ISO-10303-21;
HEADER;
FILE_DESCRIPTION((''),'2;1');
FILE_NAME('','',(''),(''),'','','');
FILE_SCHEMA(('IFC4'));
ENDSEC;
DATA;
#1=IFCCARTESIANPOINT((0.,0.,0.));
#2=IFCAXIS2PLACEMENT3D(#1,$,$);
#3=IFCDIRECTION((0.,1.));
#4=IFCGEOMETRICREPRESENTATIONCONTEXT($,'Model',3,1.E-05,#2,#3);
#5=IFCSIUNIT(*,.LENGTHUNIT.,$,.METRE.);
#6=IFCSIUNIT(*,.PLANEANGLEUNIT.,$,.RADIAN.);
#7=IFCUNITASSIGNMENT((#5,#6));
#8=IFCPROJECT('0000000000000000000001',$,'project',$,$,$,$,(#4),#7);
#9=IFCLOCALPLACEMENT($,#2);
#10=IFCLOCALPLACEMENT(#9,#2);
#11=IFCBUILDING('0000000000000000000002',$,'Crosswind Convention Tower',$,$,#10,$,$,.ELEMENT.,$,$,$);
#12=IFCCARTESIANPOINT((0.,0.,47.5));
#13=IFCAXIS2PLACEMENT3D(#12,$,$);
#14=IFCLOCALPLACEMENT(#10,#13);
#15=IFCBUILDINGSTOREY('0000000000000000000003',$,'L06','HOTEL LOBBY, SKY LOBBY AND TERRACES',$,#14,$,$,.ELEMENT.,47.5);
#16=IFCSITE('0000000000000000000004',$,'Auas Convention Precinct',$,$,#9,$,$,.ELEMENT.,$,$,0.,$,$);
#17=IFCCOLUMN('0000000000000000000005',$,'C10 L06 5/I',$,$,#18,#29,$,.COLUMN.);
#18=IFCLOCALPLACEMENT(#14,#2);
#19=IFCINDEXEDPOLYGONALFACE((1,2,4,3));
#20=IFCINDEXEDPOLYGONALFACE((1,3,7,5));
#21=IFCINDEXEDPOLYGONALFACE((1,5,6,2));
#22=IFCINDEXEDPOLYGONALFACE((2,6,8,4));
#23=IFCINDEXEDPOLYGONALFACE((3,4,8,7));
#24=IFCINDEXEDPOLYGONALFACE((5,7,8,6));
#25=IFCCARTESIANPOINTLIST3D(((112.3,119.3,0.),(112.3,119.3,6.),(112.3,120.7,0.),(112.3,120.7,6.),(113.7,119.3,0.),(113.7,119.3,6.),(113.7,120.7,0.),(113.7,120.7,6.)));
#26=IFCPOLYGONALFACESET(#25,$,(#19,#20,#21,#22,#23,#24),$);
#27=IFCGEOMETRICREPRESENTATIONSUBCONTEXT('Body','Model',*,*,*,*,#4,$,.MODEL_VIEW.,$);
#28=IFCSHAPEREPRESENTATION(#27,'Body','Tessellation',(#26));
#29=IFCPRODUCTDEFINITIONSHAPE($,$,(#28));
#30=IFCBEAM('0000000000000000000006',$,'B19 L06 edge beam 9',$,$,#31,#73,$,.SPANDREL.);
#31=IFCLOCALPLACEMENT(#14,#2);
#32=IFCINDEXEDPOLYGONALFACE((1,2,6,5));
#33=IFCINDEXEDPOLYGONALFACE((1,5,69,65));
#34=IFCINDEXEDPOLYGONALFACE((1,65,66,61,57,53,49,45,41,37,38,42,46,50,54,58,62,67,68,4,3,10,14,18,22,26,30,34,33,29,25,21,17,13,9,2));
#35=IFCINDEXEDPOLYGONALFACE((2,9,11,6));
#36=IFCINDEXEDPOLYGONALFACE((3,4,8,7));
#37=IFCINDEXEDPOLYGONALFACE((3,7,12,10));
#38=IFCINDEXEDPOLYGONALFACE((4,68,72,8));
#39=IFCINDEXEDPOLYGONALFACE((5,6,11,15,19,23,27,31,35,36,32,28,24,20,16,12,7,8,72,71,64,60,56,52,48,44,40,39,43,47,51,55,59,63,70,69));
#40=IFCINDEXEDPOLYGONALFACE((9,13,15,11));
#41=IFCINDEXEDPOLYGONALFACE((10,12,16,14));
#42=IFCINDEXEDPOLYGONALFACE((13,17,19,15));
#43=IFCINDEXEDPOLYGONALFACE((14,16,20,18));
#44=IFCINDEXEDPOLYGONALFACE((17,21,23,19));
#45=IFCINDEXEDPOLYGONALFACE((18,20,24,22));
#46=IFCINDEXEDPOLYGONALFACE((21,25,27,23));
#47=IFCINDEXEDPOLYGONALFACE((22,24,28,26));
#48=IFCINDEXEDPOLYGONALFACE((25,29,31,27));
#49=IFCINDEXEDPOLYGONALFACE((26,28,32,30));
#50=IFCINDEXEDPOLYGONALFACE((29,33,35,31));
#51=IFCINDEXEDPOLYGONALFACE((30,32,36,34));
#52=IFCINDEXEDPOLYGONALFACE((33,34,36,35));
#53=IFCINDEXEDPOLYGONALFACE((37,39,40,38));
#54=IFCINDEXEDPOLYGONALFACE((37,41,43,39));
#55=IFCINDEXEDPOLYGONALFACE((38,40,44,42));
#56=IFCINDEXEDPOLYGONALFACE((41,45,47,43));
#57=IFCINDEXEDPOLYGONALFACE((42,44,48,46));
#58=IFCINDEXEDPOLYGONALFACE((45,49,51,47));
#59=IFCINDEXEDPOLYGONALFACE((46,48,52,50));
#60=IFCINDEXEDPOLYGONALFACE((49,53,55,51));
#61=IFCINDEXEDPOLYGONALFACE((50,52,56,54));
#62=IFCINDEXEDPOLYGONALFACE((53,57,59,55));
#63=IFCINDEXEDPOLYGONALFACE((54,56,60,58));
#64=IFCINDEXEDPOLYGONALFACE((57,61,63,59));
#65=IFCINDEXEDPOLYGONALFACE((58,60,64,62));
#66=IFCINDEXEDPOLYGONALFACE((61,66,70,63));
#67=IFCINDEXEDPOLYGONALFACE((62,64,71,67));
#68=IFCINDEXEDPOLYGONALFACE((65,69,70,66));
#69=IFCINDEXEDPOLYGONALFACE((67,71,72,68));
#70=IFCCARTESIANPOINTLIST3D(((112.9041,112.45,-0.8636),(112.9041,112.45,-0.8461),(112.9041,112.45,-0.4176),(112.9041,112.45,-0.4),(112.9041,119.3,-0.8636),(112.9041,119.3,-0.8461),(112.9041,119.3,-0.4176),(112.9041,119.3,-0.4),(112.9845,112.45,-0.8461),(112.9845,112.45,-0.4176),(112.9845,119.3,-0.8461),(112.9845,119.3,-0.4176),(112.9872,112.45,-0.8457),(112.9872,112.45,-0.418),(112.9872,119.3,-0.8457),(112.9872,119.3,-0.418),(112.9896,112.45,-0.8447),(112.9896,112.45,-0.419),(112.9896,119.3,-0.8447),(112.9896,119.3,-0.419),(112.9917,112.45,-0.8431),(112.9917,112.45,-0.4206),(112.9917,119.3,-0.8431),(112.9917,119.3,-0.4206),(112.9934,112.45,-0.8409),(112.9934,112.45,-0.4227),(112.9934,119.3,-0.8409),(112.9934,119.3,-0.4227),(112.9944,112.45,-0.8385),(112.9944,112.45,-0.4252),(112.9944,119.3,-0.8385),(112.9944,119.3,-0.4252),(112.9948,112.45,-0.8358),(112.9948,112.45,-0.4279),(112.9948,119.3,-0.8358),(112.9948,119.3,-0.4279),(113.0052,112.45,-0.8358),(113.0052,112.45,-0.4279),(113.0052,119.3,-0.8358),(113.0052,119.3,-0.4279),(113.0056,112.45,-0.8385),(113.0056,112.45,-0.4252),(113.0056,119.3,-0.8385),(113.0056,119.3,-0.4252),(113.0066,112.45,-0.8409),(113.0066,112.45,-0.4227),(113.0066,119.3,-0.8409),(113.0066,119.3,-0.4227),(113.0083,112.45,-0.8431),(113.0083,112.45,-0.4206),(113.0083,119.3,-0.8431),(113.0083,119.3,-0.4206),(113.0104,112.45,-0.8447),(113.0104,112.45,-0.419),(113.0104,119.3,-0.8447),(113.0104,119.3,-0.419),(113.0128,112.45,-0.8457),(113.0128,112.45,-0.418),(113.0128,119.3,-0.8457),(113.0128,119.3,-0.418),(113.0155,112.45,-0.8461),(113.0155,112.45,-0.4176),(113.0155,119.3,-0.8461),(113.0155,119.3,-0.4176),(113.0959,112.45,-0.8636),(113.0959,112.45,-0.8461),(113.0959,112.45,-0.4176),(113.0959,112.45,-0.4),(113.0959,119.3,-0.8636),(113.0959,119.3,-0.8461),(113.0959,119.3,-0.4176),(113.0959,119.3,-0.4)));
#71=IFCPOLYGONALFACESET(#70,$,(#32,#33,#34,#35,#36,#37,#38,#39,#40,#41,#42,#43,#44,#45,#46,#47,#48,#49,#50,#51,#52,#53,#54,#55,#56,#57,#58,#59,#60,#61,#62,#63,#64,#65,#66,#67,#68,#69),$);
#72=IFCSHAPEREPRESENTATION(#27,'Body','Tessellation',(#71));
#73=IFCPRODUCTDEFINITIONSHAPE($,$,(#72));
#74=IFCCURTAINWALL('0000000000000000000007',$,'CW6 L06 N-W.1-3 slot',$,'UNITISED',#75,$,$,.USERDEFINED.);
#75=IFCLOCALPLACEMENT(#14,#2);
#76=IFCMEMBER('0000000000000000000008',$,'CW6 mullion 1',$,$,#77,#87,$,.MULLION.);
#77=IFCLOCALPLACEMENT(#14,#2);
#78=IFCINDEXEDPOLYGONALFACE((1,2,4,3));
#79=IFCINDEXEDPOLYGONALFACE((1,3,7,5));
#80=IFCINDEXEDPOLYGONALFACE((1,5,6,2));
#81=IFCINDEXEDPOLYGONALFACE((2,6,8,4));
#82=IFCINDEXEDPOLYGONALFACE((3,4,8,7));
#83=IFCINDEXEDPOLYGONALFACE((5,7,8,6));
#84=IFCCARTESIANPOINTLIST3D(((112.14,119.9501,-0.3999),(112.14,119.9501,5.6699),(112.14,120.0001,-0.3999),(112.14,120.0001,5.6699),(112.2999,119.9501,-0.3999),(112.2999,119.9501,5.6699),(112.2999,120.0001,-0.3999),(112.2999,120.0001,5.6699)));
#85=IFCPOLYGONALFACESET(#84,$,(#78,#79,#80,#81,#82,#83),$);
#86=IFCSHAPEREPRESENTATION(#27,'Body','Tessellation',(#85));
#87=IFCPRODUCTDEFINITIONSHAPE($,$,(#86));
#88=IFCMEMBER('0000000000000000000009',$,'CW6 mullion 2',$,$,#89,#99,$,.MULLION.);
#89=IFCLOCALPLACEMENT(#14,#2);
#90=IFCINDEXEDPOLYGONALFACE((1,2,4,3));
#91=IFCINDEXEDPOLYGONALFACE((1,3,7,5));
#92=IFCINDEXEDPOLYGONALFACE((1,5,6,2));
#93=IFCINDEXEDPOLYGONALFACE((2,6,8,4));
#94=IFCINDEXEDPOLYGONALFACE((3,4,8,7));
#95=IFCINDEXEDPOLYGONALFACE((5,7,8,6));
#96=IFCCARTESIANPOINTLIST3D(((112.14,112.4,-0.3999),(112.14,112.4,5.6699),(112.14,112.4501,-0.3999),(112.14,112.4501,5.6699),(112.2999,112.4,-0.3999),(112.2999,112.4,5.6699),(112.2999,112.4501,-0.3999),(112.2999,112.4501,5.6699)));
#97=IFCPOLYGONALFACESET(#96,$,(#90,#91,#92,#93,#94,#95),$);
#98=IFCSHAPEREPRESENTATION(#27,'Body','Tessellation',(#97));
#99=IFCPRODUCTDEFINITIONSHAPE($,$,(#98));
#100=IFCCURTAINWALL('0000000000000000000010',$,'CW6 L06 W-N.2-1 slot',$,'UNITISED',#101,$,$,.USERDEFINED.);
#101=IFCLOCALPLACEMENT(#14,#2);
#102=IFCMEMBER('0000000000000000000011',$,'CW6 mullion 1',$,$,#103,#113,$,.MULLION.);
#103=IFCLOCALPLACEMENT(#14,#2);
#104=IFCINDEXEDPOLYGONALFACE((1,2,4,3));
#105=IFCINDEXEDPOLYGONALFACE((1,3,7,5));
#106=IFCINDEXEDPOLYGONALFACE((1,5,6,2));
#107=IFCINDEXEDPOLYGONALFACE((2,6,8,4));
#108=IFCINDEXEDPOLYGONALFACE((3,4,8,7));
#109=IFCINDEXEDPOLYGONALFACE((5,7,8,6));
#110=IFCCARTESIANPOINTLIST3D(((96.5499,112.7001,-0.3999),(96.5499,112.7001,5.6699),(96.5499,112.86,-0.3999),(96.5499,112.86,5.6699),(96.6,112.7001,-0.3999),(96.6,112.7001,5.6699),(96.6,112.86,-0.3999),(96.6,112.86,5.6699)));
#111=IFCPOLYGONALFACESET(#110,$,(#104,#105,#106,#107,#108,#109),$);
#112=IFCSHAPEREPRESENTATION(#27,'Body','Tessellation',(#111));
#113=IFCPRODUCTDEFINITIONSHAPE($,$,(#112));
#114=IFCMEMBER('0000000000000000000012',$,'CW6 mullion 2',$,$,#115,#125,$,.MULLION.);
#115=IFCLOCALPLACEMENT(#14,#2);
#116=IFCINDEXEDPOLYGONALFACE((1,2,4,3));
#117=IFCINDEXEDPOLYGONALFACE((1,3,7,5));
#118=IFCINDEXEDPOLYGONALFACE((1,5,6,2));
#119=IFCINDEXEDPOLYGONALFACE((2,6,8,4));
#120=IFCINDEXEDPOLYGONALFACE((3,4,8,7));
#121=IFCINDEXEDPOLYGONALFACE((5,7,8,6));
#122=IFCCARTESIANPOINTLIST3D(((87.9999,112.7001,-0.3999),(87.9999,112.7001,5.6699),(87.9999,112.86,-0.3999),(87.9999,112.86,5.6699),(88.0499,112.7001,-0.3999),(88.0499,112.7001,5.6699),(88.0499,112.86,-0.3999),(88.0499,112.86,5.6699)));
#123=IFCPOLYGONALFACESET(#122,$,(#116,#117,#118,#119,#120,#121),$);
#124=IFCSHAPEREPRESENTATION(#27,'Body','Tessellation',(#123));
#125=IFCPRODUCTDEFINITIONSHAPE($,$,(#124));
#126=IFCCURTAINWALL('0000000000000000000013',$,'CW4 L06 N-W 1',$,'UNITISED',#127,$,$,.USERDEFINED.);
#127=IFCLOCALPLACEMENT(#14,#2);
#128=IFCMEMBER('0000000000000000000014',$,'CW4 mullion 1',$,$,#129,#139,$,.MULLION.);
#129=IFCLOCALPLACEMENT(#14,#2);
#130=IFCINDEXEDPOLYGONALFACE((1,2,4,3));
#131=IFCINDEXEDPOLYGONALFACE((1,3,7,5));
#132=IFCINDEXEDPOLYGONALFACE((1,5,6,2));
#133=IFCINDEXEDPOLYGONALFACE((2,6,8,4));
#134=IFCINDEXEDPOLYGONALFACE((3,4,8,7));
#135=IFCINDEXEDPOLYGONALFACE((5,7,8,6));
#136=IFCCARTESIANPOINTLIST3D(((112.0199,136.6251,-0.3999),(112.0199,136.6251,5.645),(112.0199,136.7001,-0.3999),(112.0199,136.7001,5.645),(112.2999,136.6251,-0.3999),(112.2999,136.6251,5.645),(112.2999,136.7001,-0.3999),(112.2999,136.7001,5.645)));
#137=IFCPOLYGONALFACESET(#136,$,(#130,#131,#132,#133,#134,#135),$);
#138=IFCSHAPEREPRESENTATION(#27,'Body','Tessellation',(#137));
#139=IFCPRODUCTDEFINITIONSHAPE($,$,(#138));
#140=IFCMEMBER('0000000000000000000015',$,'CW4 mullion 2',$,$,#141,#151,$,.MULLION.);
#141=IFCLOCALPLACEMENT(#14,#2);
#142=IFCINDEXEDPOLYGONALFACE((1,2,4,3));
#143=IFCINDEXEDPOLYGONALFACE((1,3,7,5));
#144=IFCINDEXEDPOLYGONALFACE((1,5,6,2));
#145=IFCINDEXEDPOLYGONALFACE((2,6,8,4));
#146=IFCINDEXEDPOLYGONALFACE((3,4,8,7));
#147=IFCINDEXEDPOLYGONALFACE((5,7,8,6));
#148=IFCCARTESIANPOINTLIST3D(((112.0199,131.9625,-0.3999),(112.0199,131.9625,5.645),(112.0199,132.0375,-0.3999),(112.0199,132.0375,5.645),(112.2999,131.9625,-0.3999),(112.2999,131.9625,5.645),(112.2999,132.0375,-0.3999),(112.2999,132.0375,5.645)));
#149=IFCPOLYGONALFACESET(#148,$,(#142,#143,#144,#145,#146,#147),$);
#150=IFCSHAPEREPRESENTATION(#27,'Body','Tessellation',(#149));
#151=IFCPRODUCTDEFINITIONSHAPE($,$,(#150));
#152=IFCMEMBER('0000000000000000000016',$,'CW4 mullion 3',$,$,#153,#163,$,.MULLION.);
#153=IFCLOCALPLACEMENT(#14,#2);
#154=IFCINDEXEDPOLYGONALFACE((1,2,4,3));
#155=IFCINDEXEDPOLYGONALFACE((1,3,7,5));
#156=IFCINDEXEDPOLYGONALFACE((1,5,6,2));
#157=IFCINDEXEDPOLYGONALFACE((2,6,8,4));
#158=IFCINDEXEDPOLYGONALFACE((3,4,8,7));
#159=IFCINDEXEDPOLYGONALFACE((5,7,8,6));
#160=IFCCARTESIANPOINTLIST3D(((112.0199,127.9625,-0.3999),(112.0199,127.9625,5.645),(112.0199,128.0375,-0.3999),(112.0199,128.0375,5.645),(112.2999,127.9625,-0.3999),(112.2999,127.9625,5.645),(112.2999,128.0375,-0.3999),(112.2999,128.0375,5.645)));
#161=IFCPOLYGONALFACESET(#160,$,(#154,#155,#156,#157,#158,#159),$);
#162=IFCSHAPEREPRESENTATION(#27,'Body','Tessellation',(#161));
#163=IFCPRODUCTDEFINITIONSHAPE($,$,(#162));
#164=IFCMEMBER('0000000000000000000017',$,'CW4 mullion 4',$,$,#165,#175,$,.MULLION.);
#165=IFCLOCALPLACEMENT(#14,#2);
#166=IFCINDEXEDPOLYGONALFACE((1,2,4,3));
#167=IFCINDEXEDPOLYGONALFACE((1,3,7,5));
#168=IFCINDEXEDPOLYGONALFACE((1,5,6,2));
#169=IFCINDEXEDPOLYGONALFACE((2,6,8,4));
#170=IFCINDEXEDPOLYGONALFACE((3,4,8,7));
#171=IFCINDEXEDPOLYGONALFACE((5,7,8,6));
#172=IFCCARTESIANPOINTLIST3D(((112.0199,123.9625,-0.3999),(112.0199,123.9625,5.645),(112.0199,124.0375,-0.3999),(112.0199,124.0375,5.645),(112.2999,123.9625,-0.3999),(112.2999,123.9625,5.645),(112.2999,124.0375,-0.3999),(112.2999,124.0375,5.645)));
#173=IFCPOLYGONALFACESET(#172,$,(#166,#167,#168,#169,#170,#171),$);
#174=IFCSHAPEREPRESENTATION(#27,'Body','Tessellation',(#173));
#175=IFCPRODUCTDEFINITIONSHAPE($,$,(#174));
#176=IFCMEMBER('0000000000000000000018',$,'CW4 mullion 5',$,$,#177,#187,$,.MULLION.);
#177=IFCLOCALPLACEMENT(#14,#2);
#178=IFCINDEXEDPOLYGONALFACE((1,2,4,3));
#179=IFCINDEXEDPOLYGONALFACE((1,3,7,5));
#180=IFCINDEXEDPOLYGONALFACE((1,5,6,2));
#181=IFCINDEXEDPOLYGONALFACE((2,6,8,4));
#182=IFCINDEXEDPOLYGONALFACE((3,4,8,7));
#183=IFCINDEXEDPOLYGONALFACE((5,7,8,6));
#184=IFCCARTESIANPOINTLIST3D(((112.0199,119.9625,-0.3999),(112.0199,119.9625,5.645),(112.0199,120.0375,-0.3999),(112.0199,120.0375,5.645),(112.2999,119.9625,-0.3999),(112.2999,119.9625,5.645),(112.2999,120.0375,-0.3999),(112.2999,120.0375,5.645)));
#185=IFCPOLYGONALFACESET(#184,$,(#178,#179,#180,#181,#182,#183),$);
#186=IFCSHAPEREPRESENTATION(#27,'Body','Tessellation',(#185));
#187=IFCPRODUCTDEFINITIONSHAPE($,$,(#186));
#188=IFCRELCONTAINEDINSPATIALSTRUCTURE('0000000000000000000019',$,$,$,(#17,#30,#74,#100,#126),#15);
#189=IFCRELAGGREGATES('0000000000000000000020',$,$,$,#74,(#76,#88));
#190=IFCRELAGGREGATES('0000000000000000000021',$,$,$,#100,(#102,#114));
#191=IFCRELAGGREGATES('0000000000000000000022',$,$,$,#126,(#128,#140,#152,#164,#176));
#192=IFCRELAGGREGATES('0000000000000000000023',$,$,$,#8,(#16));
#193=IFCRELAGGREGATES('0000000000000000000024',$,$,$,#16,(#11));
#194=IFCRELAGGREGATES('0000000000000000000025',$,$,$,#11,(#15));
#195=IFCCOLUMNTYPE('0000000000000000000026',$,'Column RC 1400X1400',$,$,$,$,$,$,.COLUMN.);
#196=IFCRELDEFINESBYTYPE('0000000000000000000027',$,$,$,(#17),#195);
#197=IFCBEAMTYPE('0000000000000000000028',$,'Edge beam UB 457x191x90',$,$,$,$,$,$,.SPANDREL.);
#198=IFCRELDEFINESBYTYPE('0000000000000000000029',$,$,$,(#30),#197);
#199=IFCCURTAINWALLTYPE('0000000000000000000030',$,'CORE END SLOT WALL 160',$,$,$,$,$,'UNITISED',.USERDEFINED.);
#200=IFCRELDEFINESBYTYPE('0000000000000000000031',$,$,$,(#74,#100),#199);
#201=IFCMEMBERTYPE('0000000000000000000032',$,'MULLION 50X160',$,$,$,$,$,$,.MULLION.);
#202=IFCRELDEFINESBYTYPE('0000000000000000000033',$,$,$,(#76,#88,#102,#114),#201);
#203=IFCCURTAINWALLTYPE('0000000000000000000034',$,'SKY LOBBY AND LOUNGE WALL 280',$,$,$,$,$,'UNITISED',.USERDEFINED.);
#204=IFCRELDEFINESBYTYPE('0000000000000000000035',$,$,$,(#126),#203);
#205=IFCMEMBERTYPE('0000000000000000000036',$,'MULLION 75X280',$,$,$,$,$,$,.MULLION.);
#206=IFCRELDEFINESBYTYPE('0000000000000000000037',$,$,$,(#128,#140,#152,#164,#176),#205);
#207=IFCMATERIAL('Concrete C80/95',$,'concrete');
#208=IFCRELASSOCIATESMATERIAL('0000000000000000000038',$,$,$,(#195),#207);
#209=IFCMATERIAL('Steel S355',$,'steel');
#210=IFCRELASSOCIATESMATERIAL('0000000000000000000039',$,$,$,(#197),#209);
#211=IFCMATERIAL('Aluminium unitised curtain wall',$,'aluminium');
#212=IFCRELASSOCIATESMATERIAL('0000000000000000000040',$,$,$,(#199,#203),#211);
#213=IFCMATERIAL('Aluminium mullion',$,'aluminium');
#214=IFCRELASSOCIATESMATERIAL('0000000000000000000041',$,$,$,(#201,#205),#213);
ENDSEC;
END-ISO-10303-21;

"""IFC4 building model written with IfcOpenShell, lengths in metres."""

from ifc_helpers import new_model, si_unit, direction, frame, origin, origin_2d, place, context, subcontext, project, spatial, rectangle, i_section, extrude, material, material_profile, profile_set, type_object, element, aggregate, save


model = new_model("IFC4")

# Units and contexts
model_context = context("Model", 3, precision=1e-05, world=origin(), true_north=direction((0.0, 1.0)))
body_context = subcontext(model_context, "Body", "Model", "MODEL_VIEW")
ifc_project = project(units=[si_unit("LENGTHUNIT", "METRE"), si_unit("PLANEANGLEUNIT", "RADIAN")], contexts=[model_context])

# Site, building, storey
site_placement = place(None, origin())
site = spatial("IfcSite", under=ifc_project, at=site_placement, Name="Auas Convention Precinct", CompositionType="ELEMENT", RefElevation=0.0)
building_placement = place(site_placement, origin())
building = spatial("IfcBuilding", under=site, at=building_placement, Name="Crosswind Convention Tower", CompositionType="ELEMENT")
storey_placement = place(building_placement, frame((0.0, 0.0, 47.5)))
storey = spatial("IfcBuildingStorey", under=building, at=storey_placement, Name="L06", Description="HOTEL LOBBY, SKY LOBBY AND TERRACES", CompositionType="ELEMENT", Elevation=47.5)

# Column
ifc_material_1 = material(Name="Concrete C80/95", Category="concrete")
ifc_material_profile_1 = material_profile(ifc_material_1, rectangle(XDim=1.3999, YDim=1.3999, at=origin_2d()), Name="RC 1400X1400")
ifc_profile_set_1 = profile_set([ifc_material_profile_1], Name="Concrete C80/95")
column_type = type_object("IfcColumnType", Name="Column RC 1400X1400", PredefinedType="COLUMN", material=ifc_profile_set_1)
column_placement = place(storey_placement, frame((113.0, 120.0, 0.0), z_axis=(0.0, 0.0, 1.0), x_axis=(1.0, 0.0, 0.0)))
element("IfcColumn", 1, at=column_placement, inside=storey, type_object=column_type, Name="C10 L06 5/I", PredefinedType="COLUMN", context=body_context, shape_type="SweptSolid", body=[
    extrude(rectangle(XDim=1.3999, YDim=1.3999, at=origin_2d()), origin(), (0.0, 0.0, 1.0), 6.0),
])

# Beam
ifc_material_2 = material(Name="Steel S355", Category="steel")
ifc_material_profile_2 = material_profile(ifc_material_2, i_section(OverallWidth=0.1919, OverallDepth=0.4636, WebThickness=0.0105, FlangeThickness=0.0176, FilletRadius=0.0103, at=origin_2d()), Name="UB 457x191x90")
ifc_profile_set_2 = profile_set([ifc_material_profile_2], Name="Steel S355")
beam_type = type_object("IfcBeamType", Name="Edge beam UB 457x191x90", PredefinedType="SPANDREL", material=ifc_profile_set_2)
beam_placement = place(storey_placement, frame((113.0, 112.45, -0.6318), z_axis=(0.0, 1.0, 0.0), x_axis=(-1.0, 0.0, 0.0)))
element("IfcBeam", 2, at=beam_placement, inside=storey, type_object=beam_type, Name="B19 L06 edge beam 9", PredefinedType="SPANDREL", context=body_context, shape_type="SweptSolid", body=[
    extrude(i_section(OverallWidth=0.1919, OverallDepth=0.4636, WebThickness=0.0105, FlangeThickness=0.0176, FilletRadius=0.0103, at=origin_2d()), origin(), (0.0, 0.0, 1.0), 6.8501),
])

# Curtain walls, members
ifc_material_3 = material(Name="Aluminium unitised curtain wall", Category="aluminium")
curtain_wall_type_1 = type_object("IfcCurtainWallType", Name="CORE END SLOT WALL 160", ElementType="UNITISED", PredefinedType="USERDEFINED", material=ifc_material_3)
curtain_wall_1_placement = place(storey_placement, origin())
curtain_wall_1 = element("IfcCurtainWall", 3, at=curtain_wall_1_placement, inside=storey, type_object=curtain_wall_type_1, Name="CW6 L06 N-W.1-3 slot", ObjectType="UNITISED", PredefinedType="USERDEFINED")
ifc_material_4 = material(Name="Aluminium mullion", Category="aluminium")
ifc_material_profile_3 = material_profile(ifc_material_4, rectangle(XDim=0.1599, YDim=0.05, at=origin_2d()), Name="AL 160X50")
ifc_profile_set_3 = profile_set([ifc_material_profile_3], Name="Aluminium mullion")
member_type_1 = type_object("IfcMemberType", Name="MULLION 50X160", PredefinedType="MULLION", material=ifc_profile_set_3)
member_1_placement = place(storey_placement, frame((112.22, 119.9751, -0.3999), z_axis=(0.0, 0.0, 1.0), x_axis=(-1.0, 0.0, 0.0)))
member_1 = element("IfcMember", 4, at=member_1_placement, type_object=member_type_1, Name="CW6 mullion 1", PredefinedType="MULLION", context=body_context, shape_type="SweptSolid", body=[
    extrude(rectangle(XDim=0.1599, YDim=0.05, at=origin_2d()), origin(), (0.0, 0.0, 1.0), 6.0698),
])
member_2_placement = place(storey_placement, frame((112.22, 112.425, -0.3999), z_axis=(0.0, 0.0, 1.0), x_axis=(-1.0, 0.0, 0.0)))
member_2 = element("IfcMember", 5, at=member_2_placement, type_object=member_type_1, Name="CW6 mullion 2", PredefinedType="MULLION", context=body_context, shape_type="SweptSolid", body=[
    extrude(rectangle(XDim=0.1599, YDim=0.05, at=origin_2d()), origin(), (0.0, 0.0, 1.0), 6.0698),
])
curtain_wall_2_placement = place(storey_placement, origin())
curtain_wall_2 = element("IfcCurtainWall", 6, at=curtain_wall_2_placement, inside=storey, type_object=curtain_wall_type_1, Name="CW6 L06 W-N.2-1 slot", ObjectType="UNITISED", PredefinedType="USERDEFINED")
member_3_placement = place(storey_placement, frame((96.575, 112.78, -0.3999), z_axis=(0.0, 0.0, 1.0), x_axis=(0.0, 1.0, 0.0)))
member_3 = element("IfcMember", 7, at=member_3_placement, type_object=member_type_1, Name="CW6 mullion 1", PredefinedType="MULLION", context=body_context, shape_type="SweptSolid", body=[
    extrude(rectangle(XDim=0.1599, YDim=0.05, at=origin_2d()), origin(), (0.0, 0.0, 1.0), 6.0698),
])
member_4_placement = place(storey_placement, frame((88.0249, 112.78, -0.3999), z_axis=(0.0, 0.0, 1.0), x_axis=(0.0, 1.0, 0.0)))
member_4 = element("IfcMember", 8, at=member_4_placement, type_object=member_type_1, Name="CW6 mullion 2", PredefinedType="MULLION", context=body_context, shape_type="SweptSolid", body=[
    extrude(rectangle(XDim=0.1599, YDim=0.05, at=origin_2d()), origin(), (0.0, 0.0, 1.0), 6.0698),
])
curtain_wall_type_2 = type_object("IfcCurtainWallType", Name="SKY LOBBY AND LOUNGE WALL 280", ElementType="UNITISED", PredefinedType="USERDEFINED", material=ifc_material_3)
curtain_wall_3_placement = place(storey_placement, origin())
curtain_wall_3 = element("IfcCurtainWall", 9, at=curtain_wall_3_placement, inside=storey, type_object=curtain_wall_type_2, Name="CW4 L06 N-W 1", ObjectType="UNITISED", PredefinedType="USERDEFINED")
ifc_material_profile_4 = material_profile(ifc_material_4, rectangle(XDim=0.28, YDim=0.075, at=origin_2d()), Name="AL 280X75")
ifc_profile_set_4 = profile_set([ifc_material_profile_4], Name="Aluminium mullion")
member_type_2 = type_object("IfcMemberType", Name="MULLION 75X280", PredefinedType="MULLION", material=ifc_profile_set_4)
member_5_placement = place(storey_placement, frame((112.1599, 136.6626, -0.3999), z_axis=(0.0, 0.0, 1.0), x_axis=(-1.0, 0.0, 0.0)))
member_5 = element("IfcMember", 10, at=member_5_placement, type_object=member_type_2, Name="CW4 mullion 1", PredefinedType="MULLION", context=body_context, shape_type="SweptSolid", body=[
    extrude(rectangle(XDim=0.28, YDim=0.075, at=origin_2d()), origin(), (0.0, 0.0, 1.0), 6.0449),
])
member_6_placement = place(storey_placement, frame((112.1599, 132.0, -0.3999), z_axis=(0.0, 0.0, 1.0), x_axis=(-1.0, 0.0, 0.0)))
member_6 = element("IfcMember", 11, at=member_6_placement, type_object=member_type_2, Name="CW4 mullion 2", PredefinedType="MULLION", context=body_context, shape_type="SweptSolid", body=[
    extrude(rectangle(XDim=0.28, YDim=0.075, at=origin_2d()), origin(), (0.0, 0.0, 1.0), 6.0449),
])
member_7_placement = place(storey_placement, frame((112.1599, 128.0, -0.3999), z_axis=(0.0, 0.0, 1.0), x_axis=(-1.0, 0.0, 0.0)))
member_7 = element("IfcMember", 12, at=member_7_placement, type_object=member_type_2, Name="CW4 mullion 3", PredefinedType="MULLION", context=body_context, shape_type="SweptSolid", body=[
    extrude(rectangle(XDim=0.28, YDim=0.075, at=origin_2d()), origin(), (0.0, 0.0, 1.0), 6.0449),
])
member_8_placement = place(storey_placement, frame((112.1599, 124.0, -0.3999), z_axis=(0.0, 0.0, 1.0), x_axis=(-1.0, 0.0, 0.0)))
member_8 = element("IfcMember", 13, at=member_8_placement, type_object=member_type_2, Name="CW4 mullion 4", PredefinedType="MULLION", context=body_context, shape_type="SweptSolid", body=[
    extrude(rectangle(XDim=0.28, YDim=0.075, at=origin_2d()), origin(), (0.0, 0.0, 1.0), 6.0449),
])
member_9_placement = place(storey_placement, frame((112.1599, 120.0, -0.3999), z_axis=(0.0, 0.0, 1.0), x_axis=(-1.0, 0.0, 0.0)))
member_9 = element("IfcMember", 14, at=member_9_placement, type_object=member_type_2, Name="CW4 mullion 5", PredefinedType="MULLION", context=body_context, shape_type="SweptSolid", body=[
    extrude(rectangle(XDim=0.28, YDim=0.075, at=origin_2d()), origin(), (0.0, 0.0, 1.0), 6.0449),
])

aggregate(curtain_wall_1, [member_1, member_2])
aggregate(curtain_wall_2, [member_3, member_4])

aggregate(curtain_wall_3, [member_5, member_6, member_7, member_8, member_9])

save(model, "model.ifc")
